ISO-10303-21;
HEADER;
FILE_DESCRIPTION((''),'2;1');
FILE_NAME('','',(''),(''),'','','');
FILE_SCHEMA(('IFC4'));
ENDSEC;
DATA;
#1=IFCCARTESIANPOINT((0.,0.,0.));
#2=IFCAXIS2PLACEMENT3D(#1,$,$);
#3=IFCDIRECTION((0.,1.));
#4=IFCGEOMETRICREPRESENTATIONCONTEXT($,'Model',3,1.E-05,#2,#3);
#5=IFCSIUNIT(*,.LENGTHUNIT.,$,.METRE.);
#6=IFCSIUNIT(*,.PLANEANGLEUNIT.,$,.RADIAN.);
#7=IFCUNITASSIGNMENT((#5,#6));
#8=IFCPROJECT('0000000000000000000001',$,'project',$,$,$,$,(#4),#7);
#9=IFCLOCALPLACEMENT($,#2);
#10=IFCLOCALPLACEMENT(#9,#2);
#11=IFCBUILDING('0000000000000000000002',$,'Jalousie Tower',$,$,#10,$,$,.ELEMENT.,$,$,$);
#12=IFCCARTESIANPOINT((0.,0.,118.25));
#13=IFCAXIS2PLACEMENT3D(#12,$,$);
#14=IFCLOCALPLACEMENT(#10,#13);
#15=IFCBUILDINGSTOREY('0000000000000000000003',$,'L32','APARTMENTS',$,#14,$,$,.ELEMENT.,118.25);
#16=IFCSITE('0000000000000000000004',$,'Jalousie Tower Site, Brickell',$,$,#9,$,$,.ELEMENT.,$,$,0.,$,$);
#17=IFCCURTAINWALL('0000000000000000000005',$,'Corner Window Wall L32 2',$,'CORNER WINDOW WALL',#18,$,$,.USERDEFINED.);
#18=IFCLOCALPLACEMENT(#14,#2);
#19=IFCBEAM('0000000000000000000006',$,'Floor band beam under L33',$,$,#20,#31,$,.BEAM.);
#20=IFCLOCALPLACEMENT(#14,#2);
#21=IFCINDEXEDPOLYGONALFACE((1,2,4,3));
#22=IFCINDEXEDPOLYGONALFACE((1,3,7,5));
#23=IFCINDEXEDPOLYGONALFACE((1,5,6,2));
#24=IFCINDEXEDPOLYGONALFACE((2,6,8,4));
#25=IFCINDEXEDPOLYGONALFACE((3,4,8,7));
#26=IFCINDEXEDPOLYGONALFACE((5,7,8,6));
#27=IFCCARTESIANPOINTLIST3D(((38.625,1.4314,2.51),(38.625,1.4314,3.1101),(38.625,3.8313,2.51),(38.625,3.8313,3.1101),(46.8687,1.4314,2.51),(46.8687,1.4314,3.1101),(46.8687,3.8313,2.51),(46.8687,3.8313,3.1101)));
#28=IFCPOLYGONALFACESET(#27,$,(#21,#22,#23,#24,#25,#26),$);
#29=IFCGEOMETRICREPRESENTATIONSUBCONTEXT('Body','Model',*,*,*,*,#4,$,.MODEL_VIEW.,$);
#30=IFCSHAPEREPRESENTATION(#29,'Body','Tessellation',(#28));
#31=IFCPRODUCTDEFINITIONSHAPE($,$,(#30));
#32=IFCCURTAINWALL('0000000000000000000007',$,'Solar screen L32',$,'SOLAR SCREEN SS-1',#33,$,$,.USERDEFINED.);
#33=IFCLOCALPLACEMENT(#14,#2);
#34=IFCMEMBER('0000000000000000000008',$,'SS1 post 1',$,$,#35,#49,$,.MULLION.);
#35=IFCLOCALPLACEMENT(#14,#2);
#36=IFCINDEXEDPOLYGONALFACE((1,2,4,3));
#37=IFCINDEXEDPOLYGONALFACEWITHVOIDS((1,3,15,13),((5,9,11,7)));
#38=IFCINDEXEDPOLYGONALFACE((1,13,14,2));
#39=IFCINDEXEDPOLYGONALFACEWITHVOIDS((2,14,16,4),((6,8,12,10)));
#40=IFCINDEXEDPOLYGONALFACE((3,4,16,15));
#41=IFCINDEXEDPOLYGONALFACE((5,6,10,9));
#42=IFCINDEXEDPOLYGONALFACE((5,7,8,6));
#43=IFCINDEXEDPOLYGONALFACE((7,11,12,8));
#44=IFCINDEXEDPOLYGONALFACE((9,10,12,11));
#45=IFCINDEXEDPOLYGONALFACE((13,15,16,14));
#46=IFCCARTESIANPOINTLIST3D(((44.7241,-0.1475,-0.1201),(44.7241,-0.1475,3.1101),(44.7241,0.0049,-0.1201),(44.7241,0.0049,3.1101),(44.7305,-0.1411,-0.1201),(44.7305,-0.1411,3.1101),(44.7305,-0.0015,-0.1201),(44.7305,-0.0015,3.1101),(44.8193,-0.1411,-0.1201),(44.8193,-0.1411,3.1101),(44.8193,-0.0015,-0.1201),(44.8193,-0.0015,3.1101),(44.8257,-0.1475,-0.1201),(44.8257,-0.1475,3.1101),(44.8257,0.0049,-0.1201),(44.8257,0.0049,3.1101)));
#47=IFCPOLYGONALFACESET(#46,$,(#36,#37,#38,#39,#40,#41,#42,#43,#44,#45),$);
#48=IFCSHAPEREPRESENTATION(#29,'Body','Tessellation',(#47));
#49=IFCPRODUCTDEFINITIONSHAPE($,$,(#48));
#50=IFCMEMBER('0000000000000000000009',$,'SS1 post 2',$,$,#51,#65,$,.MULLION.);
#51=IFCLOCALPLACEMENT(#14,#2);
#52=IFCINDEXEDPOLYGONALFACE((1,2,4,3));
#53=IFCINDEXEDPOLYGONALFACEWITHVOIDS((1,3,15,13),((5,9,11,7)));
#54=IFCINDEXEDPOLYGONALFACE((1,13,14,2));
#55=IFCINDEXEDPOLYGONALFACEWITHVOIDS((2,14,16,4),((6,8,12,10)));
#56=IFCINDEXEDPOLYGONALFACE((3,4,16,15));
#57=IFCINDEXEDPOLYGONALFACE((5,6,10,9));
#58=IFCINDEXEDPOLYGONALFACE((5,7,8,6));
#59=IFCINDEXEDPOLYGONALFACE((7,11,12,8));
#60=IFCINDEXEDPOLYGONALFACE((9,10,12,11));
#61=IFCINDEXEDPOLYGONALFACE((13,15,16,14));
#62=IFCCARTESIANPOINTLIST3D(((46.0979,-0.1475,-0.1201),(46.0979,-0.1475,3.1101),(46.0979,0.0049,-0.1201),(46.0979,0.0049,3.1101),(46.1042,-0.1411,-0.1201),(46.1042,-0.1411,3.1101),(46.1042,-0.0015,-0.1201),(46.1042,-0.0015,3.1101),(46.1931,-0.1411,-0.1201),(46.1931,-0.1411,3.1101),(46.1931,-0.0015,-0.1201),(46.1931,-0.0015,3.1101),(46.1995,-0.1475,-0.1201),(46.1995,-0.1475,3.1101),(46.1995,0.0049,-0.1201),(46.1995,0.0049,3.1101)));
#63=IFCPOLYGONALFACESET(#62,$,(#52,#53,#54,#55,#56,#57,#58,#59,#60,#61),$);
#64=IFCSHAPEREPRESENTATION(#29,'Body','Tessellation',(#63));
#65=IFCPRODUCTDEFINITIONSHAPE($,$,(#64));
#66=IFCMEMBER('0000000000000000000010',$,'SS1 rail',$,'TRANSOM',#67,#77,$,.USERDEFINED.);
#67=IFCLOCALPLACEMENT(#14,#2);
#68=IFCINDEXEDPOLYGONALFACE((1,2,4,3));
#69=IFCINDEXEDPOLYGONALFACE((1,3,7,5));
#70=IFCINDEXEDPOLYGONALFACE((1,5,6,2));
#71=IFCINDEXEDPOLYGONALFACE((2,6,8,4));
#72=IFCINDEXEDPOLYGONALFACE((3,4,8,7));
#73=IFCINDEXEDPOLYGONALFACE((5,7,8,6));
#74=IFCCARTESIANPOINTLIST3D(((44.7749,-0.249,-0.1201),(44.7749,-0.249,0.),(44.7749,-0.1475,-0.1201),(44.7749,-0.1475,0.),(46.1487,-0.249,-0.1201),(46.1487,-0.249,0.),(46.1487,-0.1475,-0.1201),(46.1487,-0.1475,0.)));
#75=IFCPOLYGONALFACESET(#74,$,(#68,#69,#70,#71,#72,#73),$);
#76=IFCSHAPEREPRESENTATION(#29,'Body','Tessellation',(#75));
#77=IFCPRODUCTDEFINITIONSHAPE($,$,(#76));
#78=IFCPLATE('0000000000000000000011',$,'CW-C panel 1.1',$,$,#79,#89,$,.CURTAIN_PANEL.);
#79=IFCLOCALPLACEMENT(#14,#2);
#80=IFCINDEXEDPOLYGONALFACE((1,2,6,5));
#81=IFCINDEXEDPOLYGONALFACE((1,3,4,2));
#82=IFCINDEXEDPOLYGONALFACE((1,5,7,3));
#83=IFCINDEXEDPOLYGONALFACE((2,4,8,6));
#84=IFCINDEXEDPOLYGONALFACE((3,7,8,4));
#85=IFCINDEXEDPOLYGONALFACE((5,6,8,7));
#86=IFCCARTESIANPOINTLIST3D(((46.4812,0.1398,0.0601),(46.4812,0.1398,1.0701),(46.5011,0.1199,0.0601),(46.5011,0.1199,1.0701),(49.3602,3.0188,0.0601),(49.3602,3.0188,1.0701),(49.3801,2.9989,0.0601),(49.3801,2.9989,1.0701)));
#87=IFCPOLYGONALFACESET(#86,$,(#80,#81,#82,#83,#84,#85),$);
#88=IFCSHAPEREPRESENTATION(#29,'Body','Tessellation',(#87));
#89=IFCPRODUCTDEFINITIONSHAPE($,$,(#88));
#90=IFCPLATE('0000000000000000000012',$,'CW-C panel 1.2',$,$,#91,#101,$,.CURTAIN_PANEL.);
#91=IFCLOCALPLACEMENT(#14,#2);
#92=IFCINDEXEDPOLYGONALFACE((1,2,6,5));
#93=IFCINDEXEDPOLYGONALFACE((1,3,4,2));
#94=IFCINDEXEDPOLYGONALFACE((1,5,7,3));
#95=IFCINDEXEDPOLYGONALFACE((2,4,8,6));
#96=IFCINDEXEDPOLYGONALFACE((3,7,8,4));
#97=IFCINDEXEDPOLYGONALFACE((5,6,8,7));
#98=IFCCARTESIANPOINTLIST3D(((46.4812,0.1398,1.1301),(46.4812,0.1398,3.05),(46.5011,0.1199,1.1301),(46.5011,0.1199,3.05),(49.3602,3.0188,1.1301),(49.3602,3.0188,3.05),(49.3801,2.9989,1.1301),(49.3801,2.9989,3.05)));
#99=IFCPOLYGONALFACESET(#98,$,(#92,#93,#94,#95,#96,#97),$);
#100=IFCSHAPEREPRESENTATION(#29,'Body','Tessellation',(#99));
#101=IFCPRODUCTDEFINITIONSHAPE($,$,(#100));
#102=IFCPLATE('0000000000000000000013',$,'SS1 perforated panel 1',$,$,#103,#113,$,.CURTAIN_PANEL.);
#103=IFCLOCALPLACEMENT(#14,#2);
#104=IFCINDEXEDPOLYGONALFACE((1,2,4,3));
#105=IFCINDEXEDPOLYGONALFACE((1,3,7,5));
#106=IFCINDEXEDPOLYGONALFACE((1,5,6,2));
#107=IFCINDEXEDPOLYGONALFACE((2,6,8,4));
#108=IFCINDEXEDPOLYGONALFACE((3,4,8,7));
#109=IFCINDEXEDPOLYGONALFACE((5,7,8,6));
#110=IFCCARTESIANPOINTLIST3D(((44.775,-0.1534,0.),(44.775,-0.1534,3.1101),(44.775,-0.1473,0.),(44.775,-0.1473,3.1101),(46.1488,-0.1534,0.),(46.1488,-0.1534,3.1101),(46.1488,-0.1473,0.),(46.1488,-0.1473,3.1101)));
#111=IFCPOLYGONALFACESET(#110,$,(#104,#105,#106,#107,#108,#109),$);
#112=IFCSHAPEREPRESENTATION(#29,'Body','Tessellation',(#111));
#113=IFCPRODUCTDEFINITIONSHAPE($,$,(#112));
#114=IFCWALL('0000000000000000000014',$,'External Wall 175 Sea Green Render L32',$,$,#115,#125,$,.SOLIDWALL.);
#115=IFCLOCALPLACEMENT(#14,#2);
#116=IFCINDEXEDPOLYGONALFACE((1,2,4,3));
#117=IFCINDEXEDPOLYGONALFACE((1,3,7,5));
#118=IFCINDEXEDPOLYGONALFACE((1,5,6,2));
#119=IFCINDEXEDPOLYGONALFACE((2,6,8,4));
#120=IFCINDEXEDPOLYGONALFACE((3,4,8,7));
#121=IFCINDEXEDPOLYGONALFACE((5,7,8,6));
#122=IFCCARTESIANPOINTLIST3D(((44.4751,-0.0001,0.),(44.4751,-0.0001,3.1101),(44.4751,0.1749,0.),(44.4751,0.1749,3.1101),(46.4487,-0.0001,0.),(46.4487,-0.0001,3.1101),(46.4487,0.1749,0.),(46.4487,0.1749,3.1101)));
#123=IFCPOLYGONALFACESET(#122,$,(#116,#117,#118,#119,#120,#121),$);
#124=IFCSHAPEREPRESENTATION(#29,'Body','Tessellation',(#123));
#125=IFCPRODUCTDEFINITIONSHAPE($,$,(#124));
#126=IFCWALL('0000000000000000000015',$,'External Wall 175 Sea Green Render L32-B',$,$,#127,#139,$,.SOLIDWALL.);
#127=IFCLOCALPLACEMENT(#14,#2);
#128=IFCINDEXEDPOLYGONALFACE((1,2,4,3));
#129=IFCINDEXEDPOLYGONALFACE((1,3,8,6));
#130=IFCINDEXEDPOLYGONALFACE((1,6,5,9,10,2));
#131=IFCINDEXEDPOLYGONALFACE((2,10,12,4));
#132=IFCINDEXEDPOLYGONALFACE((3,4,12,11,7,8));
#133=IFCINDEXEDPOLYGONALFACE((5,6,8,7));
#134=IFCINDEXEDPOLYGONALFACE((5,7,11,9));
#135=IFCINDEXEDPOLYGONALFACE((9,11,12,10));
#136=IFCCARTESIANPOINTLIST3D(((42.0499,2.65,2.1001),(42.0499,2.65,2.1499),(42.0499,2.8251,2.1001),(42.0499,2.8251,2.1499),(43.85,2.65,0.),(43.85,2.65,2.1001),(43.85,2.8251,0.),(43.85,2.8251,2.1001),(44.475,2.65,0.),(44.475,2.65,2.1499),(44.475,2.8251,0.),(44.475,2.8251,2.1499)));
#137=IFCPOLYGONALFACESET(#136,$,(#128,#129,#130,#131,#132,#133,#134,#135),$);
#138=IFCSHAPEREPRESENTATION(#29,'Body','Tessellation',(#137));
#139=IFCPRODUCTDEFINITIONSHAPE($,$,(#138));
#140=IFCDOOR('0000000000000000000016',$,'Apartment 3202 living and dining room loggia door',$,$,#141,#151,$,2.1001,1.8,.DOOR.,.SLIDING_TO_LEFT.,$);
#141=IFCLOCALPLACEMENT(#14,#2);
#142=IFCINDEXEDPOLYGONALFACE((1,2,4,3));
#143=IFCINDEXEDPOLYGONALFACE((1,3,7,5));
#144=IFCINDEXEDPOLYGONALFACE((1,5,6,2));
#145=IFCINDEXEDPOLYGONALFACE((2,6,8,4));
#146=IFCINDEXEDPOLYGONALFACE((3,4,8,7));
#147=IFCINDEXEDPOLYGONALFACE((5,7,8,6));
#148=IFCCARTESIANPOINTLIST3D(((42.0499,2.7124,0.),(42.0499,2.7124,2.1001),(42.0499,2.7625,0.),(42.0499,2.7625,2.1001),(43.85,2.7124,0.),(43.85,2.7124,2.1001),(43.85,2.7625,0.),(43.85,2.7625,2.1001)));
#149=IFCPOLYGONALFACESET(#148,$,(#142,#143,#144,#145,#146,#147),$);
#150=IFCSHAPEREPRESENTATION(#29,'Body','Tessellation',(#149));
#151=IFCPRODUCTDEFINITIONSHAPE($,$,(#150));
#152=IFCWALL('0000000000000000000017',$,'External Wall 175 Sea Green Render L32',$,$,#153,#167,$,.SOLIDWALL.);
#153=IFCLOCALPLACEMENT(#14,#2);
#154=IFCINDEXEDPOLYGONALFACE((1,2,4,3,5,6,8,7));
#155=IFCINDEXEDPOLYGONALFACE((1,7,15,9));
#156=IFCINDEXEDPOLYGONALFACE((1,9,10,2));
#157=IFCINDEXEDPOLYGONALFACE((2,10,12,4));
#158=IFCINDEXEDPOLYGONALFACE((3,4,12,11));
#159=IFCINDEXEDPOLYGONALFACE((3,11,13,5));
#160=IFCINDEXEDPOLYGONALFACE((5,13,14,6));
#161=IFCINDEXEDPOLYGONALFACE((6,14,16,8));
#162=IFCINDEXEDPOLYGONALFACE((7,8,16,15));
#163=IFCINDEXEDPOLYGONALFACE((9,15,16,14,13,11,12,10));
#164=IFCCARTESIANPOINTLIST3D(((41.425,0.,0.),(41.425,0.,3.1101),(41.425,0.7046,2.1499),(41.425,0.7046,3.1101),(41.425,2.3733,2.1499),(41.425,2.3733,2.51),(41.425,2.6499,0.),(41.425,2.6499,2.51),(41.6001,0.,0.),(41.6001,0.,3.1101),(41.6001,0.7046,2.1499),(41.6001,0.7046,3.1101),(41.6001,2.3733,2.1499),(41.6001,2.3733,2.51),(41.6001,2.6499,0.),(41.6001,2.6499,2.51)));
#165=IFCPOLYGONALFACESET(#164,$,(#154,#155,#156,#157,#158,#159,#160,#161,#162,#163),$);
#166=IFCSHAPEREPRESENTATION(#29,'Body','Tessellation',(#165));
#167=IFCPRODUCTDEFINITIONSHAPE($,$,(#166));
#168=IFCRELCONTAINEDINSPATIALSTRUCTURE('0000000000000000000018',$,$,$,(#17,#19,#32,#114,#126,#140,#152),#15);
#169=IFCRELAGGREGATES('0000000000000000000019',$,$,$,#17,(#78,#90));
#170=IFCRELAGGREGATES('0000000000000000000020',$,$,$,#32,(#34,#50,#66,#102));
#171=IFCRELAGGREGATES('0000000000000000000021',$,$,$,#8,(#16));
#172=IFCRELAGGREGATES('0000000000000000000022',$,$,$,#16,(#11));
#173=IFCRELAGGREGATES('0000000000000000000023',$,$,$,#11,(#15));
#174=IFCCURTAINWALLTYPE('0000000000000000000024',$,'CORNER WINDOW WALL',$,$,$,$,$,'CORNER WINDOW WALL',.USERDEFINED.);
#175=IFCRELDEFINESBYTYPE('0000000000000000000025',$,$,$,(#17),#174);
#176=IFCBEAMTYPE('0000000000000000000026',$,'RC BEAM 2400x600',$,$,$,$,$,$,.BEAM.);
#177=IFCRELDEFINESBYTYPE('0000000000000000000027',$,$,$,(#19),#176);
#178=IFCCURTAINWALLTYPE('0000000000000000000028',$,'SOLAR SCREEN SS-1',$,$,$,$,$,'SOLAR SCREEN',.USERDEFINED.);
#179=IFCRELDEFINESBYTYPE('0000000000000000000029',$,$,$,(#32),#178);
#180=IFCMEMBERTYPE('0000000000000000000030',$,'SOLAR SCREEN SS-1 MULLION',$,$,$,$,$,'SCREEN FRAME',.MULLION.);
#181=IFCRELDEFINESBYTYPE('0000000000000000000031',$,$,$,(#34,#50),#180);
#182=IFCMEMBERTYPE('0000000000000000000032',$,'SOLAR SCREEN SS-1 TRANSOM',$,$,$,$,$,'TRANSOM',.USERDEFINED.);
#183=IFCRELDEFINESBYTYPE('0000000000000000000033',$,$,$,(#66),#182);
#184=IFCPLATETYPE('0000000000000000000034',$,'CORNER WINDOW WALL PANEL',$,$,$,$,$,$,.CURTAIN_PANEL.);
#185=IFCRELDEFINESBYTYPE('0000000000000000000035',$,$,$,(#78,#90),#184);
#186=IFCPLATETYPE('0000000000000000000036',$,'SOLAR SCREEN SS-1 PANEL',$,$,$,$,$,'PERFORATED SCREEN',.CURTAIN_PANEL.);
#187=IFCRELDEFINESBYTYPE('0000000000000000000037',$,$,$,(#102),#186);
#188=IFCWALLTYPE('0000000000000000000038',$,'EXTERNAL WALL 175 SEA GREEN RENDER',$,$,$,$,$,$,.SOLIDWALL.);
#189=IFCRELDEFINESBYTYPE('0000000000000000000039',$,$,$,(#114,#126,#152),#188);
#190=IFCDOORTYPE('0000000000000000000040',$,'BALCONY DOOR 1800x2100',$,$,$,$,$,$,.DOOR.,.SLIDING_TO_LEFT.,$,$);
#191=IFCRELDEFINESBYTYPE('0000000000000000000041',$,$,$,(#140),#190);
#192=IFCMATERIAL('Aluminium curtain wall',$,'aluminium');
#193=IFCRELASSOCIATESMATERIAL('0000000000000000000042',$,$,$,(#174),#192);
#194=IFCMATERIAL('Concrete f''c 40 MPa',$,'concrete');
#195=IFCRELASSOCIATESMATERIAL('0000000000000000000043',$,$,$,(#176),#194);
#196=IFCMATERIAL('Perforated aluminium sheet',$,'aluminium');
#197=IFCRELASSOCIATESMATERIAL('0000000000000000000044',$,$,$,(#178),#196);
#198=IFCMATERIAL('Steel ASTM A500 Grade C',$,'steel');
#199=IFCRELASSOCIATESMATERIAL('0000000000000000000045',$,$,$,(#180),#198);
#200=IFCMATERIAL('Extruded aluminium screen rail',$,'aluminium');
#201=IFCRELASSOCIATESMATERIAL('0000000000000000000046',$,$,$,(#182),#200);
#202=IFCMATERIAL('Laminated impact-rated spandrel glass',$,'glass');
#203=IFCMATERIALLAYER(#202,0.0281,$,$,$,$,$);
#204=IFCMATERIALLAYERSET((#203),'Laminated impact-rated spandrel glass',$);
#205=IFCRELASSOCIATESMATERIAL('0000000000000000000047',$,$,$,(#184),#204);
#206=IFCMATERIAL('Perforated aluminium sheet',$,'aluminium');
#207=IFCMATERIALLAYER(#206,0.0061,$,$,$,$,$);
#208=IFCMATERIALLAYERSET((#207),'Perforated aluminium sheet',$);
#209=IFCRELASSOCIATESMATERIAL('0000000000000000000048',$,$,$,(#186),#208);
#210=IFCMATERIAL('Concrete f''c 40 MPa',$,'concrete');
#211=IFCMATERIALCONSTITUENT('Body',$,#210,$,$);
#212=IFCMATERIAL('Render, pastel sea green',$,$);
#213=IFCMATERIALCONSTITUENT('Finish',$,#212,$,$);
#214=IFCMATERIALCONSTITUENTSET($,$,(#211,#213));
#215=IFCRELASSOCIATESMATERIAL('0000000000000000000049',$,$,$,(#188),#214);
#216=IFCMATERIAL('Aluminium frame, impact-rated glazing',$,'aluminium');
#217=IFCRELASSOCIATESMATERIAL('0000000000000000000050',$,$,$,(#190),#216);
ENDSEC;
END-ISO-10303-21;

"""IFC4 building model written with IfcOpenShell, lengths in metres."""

from ifc_helpers import new_model, si_unit, direction, frame, frame_2d, origin, origin_2d, place, context, subcontext, project, spatial, polyline, rectangle, hollow_rectangle, outline, extrude, material, layer, layer_set, constituent, constituent_set, material_profile, profile_set, type_object, element, fill, aggregate, save


model = new_model("IFC4")

# Units and contexts
model_context = context("Model", 3, precision=1e-05, world=origin(), true_north=direction((0.0, 1.0)))
body_context = subcontext(model_context, "Body", "Model", "MODEL_VIEW")
ifc_project = project(units=[si_unit("LENGTHUNIT", "METRE"), si_unit("PLANEANGLEUNIT", "RADIAN")], contexts=[model_context])

# Site, building, storey
site_placement = place(None, origin())
site = spatial("IfcSite", under=ifc_project, at=site_placement, Name="Jalousie Tower Site, Brickell", CompositionType="ELEMENT", RefElevation=0.0)
building_placement = place(site_placement, origin())
building = spatial("IfcBuilding", under=site, at=building_placement, Name="Jalousie Tower", CompositionType="ELEMENT")
storey_placement = place(building_placement, frame((0.0, 0.0, 118.25)))
storey = spatial("IfcBuildingStorey", under=building, at=storey_placement, Name="L32", Description="APARTMENTS", CompositionType="ELEMENT", Elevation=118.25)

# Curtain wall
ifc_material_1 = material(Name="Aluminium curtain wall", Category="aluminium")
curtain_wall_type_1 = type_object("IfcCurtainWallType", Name="CORNER WINDOW WALL", ElementType="CORNER WINDOW WALL", PredefinedType="USERDEFINED", material=ifc_material_1)
curtain_wall_1_placement = place(storey_placement, origin())
curtain_wall_1 = element("IfcCurtainWall", 1, at=curtain_wall_1_placement, inside=storey, type_object=curtain_wall_type_1, Name="Corner Window Wall L32 2", ObjectType="CORNER WINDOW WALL", PredefinedType="USERDEFINED")

# Beam
ifc_material_2 = material(Name="Concrete f'c 40 MPa", Category="concrete")
ifc_material_profile_1 = material_profile(ifc_material_2, rectangle(XDim=2.3999, YDim=0.6001, at=origin_2d()), Name="RC 2400x600")
ifc_profile_set_1 = profile_set([ifc_material_profile_1], Name="Concrete f'c 40 MPa")
beam_type_1 = type_object("IfcBeamType", Name="RC BEAM 2400x600", PredefinedType="BEAM", material=ifc_profile_set_1)
beam_1_placement = place(storey_placement, frame((46.8687, 2.6313, 2.8101), z_axis=(-1.0, 0.0, 0.0), x_axis=(0.0, -1.0, 0.0)))
element("IfcBeam", 2, at=beam_1_placement, inside=storey, type_object=beam_type_1, Name="Floor band beam under L33", PredefinedType="BEAM", context=body_context, shape_type="SweptSolid", body=[
    extrude(rectangle(XDim=2.3999, YDim=0.6001, at=origin_2d()), origin(), (0.0, 0.0, 1.0), 8.2437),
])

# Curtain wall, members
ifc_material_3 = material(Name="Perforated aluminium sheet", Category="aluminium")
curtain_wall_type_2 = type_object("IfcCurtainWallType", Name="SOLAR SCREEN SS-1", ElementType="SOLAR SCREEN", PredefinedType="USERDEFINED", material=ifc_material_3)
curtain_wall_2_placement = place(storey_placement, origin())
curtain_wall_2 = element("IfcCurtainWall", 3, at=curtain_wall_2_placement, inside=storey, type_object=curtain_wall_type_2, Name="Solar screen L32", ObjectType="SOLAR SCREEN SS-1", PredefinedType="USERDEFINED")
ifc_material_4 = material(Name="Steel ASTM A500 Grade C", Category="steel")
ifc_material_profile_2 = material_profile(ifc_material_4, hollow_rectangle(XDim=0.1016, YDim=0.1523, WallThickness=0.0063, at=origin_2d()), Name="HSS6X4X1/4")
ifc_profile_set_2 = profile_set([ifc_material_profile_2], Name="Steel ASTM A500 Grade C")
member_type_1 = type_object("IfcMemberType", Name="SOLAR SCREEN SS-1 MULLION", ElementType="SCREEN FRAME", PredefinedType="MULLION", material=ifc_profile_set_2)
member_1_placement = place(storey_placement, frame((44.7749, -0.0713, -0.1201), z_axis=(0.0, 0.0, 1.0), x_axis=(1.0, 0.0, 0.0)))
member_1 = element("IfcMember", 4, at=member_1_placement, type_object=member_type_1, Name="SS1 post 1", PredefinedType="MULLION", context=body_context, shape_type="SweptSolid", body=[
    extrude(hollow_rectangle(XDim=0.1016, YDim=0.1523, WallThickness=0.0063, at=origin_2d()), origin(), (0.0, 0.0, 1.0), 3.2302),
])
member_2_placement = place(storey_placement, frame((46.1487, -0.0713, -0.1201), z_axis=(0.0, 0.0, 1.0), x_axis=(1.0, 0.0, 0.0)))
member_2 = element("IfcMember", 5, at=member_2_placement, type_object=member_type_1, Name="SS1 post 2", PredefinedType="MULLION", context=body_context, shape_type="SweptSolid", body=[
    extrude(hollow_rectangle(XDim=0.1016, YDim=0.1523, WallThickness=0.0063, at=origin_2d()), origin(), (0.0, 0.0, 1.0), 3.2302),
])
ifc_material_5 = material(Name="Extruded aluminium screen rail", Category="aluminium")
ifc_material_profile_3 = material_profile(ifc_material_5, rectangle(XDim=0.1016, YDim=0.1201, at=origin_2d()), Name="RAIL 102x120")
ifc_profile_set_3 = profile_set([ifc_material_profile_3], Name="Extruded aluminium screen rail")
member_type_2 = type_object("IfcMemberType", Name="SOLAR SCREEN SS-1 TRANSOM", ElementType="TRANSOM", PredefinedType="USERDEFINED", material=ifc_profile_set_3)
member_3_placement = place(storey_placement, frame((44.7749, -0.1982, -0.0601), z_axis=(1.0, 0.0, 0.0), x_axis=(0.0, 1.0, 0.0)))
member_3 = element("IfcMember", 6, at=member_3_placement, type_object=member_type_2, Name="SS1 rail", ObjectType="TRANSOM", PredefinedType="USERDEFINED", context=body_context, shape_type="SweptSolid", body=[
    extrude(rectangle(XDim=0.1016, YDim=0.1201, at=origin_2d()), origin(), (0.0, 0.0, 1.0), 1.3738),
])

# Plates
ifc_material_6 = material(Name="Laminated impact-rated spandrel glass", Category="glass")
ifc_layer_1 = layer(ifc_material_6, 0.0281)
ifc_layer_set_1 = layer_set([ifc_layer_1], Name="Laminated impact-rated spandrel glass")
plate_type_1 = type_object("IfcPlateType", Name="CORNER WINDOW WALL PANEL", PredefinedType="CURTAIN_PANEL", material=ifc_layer_set_1)
plate_1_placement = place(storey_placement, frame((47.9307, 1.5693, 0.0601), z_axis=(0.0, 0.0, 1.0), x_axis=(0.707107, 0.707107, 0.0)))
plate_1 = element("IfcPlate", 7, at=plate_1_placement, type_object=plate_type_1, Name="CW-C panel 1.1", PredefinedType="CURTAIN_PANEL", context=body_context, shape_type="SweptSolid", body=[
    extrude(rectangle(XDim=4.0715, YDim=0.0281, at=origin_2d()), origin(), (0.0, 0.0, 1.0), 1.01),
])
plate_2_placement = place(storey_placement, frame((47.9307, 1.5693, 1.1301), z_axis=(0.0, 0.0, 1.0), x_axis=(0.707107, 0.707107, 0.0)))
plate_2 = element("IfcPlate", 8, at=plate_2_placement, type_object=plate_type_1, Name="CW-C panel 1.2", PredefinedType="CURTAIN_PANEL", context=body_context, shape_type="SweptSolid", body=[
    extrude(rectangle(XDim=4.0715, YDim=0.0281, at=origin_2d()), origin(), (0.0, 0.0, 1.0), 1.9199),
])
aggregate(curtain_wall_1, [plate_1, plate_2])
ifc_material_7 = material(Name="Perforated aluminium sheet", Category="aluminium")
ifc_layer_2 = layer(ifc_material_7, 0.0061)
ifc_layer_set_2 = layer_set([ifc_layer_2], Name="Perforated aluminium sheet")
plate_type_2 = type_object("IfcPlateType", Name="SOLAR SCREEN SS-1 PANEL", ElementType="PERFORATED SCREEN", PredefinedType="CURTAIN_PANEL", material=ifc_layer_set_2)
plate_3_placement = place(storey_placement, frame((45.4619, -0.1504, 0.0), z_axis=(0.0, 0.0, 1.0), x_axis=(1.0, 0.0, 0.0)))
plate_3 = element("IfcPlate", 9, at=plate_3_placement, type_object=plate_type_2, Name="SS1 perforated panel 1", PredefinedType="CURTAIN_PANEL", context=body_context, shape_type="SweptSolid", body=[
    extrude(rectangle(XDim=1.3738, YDim=0.0061, at=origin_2d()), origin(), (0.0, 0.0, 1.0), 3.1101),
])
aggregate(curtain_wall_2, [member_1, member_2, member_3, plate_3])

# Wall
ifc_material_8 = material(Name="Concrete f'c 40 MPa", Category="concrete")
ifc_constituent_1 = constituent(ifc_material_8, Name="Body")
ifc_material_9 = material(Name="Render, pastel sea green")
ifc_constituent_2 = constituent(ifc_material_9, Name="Finish")
ifc_constituent_set = constituent_set(constituents=[ifc_constituent_1, ifc_constituent_2])
wall_type = type_object("IfcWallType", Name="EXTERNAL WALL 175 SEA GREEN RENDER", PredefinedType="SOLIDWALL", material=ifc_constituent_set)
wall_1_placement = place(storey_placement, frame((44.4751, 0.0874, 0.0), z_axis=(0.0, 0.0, 1.0), x_axis=(1.0, 0.0, 0.0)))
element("IfcWall", 10, at=wall_1_placement, inside=storey, type_object=wall_type, Name="External Wall 175 Sea Green Render L32", PredefinedType="SOLIDWALL", context=body_context, shape_type="SweptSolid", body=[
    extrude(rectangle(XDim=1.9736, YDim=0.175, at=frame_2d((0.9868, 0.0))), origin(), (0.0, 0.0, 1.0), 3.1101),
])

# Wall, opening, door
wall_2_placement = place(storey_placement, frame((42.05, 2.7375, 0.0), z_axis=(0.0, 0.0, 1.0), x_axis=(1.0, 0.0, 0.0)))
wall_2 = element("IfcWall", 11, at=wall_2_placement, inside=storey, type_object=wall_type, Name="External Wall 175 Sea Green Render L32-B", PredefinedType="SOLIDWALL", context=body_context, shape_type="SweptSolid", body=[
    extrude(rectangle(XDim=2.425, YDim=0.175, at=frame_2d((1.2124, 0.0))), origin(), (0.0, 0.0, 1.0), 2.1499),
])
opening_placement = place(wall_2_placement, origin())
opening = element("IfcOpeningElement", 12, at=opening_placement, cuts=wall_2, PredefinedType="OPENING", context=body_context, shape_type="SweptSolid", body=[
    extrude(rectangle(XDim=1.8, YDim=2.1001, at=frame_2d((0.8999, 1.05))), frame((0.0, 0.0974, 0.0), z_axis=(0.0, -1.0, 0.0), x_axis=(1.0, 0.0, 0.0)), (0.0, 0.0, 1.0), 0.1951),
])
ifc_material_10 = material(Name="Aluminium frame, impact-rated glazing", Category="aluminium")
door_type = type_object("IfcDoorType", Name="BALCONY DOOR 1800x2100", OperationType="SLIDING_TO_LEFT", PredefinedType="DOOR", material=ifc_material_10)
door_placement = place(opening_placement, origin())
door = element("IfcDoor", 13, at=door_placement, inside=storey, type_object=door_type, Name="Apartment 3202 living and dining room loggia door", OperationType="SLIDING_TO_LEFT", OverallHeight=2.1001, OverallWidth=1.8, PredefinedType="DOOR", context=body_context, shape_type="SweptSolid", body=[
    extrude(rectangle(XDim=1.8, YDim=2.1001, at=frame_2d((0.8999, 1.05))), frame((0.0, 0.0249, 0.0), z_axis=(0.0, -1.0, 0.0), x_axis=(1.0, 0.0, 0.0)), (0.0, 0.0, 1.0), 0.05),
])
fill(opening, door)

# Wall
wall_3_placement = place(storey_placement, frame((41.5125, 0.0, 0.0), z_axis=(0.0, 0.0, 1.0), x_axis=(0.0, 1.0, 0.0)))
element("IfcWall", 14, at=wall_3_placement, inside=storey, type_object=wall_type, Name="External Wall 175 Sea Green Render L32", PredefinedType="SOLIDWALL", context=body_context, shape_type="SweptSolid", body=[
    extrude(outline(polyline([(0.0, 0.0), (2.6499, 0.0), (2.6499, 2.51), (2.3733, 2.51), (2.3733, 2.1499), (0.7046, 2.1499), (0.7046, 3.1101), (0.0, 3.1101), (0.0, 0.0)])), frame((0.0, 0.0874, 0.0), z_axis=(0.0, -1.0, 0.0), x_axis=(1.0, 0.0, 0.0)), (0.0, 0.0, 1.0), 0.175),
])

save(model, "model.ifc")
